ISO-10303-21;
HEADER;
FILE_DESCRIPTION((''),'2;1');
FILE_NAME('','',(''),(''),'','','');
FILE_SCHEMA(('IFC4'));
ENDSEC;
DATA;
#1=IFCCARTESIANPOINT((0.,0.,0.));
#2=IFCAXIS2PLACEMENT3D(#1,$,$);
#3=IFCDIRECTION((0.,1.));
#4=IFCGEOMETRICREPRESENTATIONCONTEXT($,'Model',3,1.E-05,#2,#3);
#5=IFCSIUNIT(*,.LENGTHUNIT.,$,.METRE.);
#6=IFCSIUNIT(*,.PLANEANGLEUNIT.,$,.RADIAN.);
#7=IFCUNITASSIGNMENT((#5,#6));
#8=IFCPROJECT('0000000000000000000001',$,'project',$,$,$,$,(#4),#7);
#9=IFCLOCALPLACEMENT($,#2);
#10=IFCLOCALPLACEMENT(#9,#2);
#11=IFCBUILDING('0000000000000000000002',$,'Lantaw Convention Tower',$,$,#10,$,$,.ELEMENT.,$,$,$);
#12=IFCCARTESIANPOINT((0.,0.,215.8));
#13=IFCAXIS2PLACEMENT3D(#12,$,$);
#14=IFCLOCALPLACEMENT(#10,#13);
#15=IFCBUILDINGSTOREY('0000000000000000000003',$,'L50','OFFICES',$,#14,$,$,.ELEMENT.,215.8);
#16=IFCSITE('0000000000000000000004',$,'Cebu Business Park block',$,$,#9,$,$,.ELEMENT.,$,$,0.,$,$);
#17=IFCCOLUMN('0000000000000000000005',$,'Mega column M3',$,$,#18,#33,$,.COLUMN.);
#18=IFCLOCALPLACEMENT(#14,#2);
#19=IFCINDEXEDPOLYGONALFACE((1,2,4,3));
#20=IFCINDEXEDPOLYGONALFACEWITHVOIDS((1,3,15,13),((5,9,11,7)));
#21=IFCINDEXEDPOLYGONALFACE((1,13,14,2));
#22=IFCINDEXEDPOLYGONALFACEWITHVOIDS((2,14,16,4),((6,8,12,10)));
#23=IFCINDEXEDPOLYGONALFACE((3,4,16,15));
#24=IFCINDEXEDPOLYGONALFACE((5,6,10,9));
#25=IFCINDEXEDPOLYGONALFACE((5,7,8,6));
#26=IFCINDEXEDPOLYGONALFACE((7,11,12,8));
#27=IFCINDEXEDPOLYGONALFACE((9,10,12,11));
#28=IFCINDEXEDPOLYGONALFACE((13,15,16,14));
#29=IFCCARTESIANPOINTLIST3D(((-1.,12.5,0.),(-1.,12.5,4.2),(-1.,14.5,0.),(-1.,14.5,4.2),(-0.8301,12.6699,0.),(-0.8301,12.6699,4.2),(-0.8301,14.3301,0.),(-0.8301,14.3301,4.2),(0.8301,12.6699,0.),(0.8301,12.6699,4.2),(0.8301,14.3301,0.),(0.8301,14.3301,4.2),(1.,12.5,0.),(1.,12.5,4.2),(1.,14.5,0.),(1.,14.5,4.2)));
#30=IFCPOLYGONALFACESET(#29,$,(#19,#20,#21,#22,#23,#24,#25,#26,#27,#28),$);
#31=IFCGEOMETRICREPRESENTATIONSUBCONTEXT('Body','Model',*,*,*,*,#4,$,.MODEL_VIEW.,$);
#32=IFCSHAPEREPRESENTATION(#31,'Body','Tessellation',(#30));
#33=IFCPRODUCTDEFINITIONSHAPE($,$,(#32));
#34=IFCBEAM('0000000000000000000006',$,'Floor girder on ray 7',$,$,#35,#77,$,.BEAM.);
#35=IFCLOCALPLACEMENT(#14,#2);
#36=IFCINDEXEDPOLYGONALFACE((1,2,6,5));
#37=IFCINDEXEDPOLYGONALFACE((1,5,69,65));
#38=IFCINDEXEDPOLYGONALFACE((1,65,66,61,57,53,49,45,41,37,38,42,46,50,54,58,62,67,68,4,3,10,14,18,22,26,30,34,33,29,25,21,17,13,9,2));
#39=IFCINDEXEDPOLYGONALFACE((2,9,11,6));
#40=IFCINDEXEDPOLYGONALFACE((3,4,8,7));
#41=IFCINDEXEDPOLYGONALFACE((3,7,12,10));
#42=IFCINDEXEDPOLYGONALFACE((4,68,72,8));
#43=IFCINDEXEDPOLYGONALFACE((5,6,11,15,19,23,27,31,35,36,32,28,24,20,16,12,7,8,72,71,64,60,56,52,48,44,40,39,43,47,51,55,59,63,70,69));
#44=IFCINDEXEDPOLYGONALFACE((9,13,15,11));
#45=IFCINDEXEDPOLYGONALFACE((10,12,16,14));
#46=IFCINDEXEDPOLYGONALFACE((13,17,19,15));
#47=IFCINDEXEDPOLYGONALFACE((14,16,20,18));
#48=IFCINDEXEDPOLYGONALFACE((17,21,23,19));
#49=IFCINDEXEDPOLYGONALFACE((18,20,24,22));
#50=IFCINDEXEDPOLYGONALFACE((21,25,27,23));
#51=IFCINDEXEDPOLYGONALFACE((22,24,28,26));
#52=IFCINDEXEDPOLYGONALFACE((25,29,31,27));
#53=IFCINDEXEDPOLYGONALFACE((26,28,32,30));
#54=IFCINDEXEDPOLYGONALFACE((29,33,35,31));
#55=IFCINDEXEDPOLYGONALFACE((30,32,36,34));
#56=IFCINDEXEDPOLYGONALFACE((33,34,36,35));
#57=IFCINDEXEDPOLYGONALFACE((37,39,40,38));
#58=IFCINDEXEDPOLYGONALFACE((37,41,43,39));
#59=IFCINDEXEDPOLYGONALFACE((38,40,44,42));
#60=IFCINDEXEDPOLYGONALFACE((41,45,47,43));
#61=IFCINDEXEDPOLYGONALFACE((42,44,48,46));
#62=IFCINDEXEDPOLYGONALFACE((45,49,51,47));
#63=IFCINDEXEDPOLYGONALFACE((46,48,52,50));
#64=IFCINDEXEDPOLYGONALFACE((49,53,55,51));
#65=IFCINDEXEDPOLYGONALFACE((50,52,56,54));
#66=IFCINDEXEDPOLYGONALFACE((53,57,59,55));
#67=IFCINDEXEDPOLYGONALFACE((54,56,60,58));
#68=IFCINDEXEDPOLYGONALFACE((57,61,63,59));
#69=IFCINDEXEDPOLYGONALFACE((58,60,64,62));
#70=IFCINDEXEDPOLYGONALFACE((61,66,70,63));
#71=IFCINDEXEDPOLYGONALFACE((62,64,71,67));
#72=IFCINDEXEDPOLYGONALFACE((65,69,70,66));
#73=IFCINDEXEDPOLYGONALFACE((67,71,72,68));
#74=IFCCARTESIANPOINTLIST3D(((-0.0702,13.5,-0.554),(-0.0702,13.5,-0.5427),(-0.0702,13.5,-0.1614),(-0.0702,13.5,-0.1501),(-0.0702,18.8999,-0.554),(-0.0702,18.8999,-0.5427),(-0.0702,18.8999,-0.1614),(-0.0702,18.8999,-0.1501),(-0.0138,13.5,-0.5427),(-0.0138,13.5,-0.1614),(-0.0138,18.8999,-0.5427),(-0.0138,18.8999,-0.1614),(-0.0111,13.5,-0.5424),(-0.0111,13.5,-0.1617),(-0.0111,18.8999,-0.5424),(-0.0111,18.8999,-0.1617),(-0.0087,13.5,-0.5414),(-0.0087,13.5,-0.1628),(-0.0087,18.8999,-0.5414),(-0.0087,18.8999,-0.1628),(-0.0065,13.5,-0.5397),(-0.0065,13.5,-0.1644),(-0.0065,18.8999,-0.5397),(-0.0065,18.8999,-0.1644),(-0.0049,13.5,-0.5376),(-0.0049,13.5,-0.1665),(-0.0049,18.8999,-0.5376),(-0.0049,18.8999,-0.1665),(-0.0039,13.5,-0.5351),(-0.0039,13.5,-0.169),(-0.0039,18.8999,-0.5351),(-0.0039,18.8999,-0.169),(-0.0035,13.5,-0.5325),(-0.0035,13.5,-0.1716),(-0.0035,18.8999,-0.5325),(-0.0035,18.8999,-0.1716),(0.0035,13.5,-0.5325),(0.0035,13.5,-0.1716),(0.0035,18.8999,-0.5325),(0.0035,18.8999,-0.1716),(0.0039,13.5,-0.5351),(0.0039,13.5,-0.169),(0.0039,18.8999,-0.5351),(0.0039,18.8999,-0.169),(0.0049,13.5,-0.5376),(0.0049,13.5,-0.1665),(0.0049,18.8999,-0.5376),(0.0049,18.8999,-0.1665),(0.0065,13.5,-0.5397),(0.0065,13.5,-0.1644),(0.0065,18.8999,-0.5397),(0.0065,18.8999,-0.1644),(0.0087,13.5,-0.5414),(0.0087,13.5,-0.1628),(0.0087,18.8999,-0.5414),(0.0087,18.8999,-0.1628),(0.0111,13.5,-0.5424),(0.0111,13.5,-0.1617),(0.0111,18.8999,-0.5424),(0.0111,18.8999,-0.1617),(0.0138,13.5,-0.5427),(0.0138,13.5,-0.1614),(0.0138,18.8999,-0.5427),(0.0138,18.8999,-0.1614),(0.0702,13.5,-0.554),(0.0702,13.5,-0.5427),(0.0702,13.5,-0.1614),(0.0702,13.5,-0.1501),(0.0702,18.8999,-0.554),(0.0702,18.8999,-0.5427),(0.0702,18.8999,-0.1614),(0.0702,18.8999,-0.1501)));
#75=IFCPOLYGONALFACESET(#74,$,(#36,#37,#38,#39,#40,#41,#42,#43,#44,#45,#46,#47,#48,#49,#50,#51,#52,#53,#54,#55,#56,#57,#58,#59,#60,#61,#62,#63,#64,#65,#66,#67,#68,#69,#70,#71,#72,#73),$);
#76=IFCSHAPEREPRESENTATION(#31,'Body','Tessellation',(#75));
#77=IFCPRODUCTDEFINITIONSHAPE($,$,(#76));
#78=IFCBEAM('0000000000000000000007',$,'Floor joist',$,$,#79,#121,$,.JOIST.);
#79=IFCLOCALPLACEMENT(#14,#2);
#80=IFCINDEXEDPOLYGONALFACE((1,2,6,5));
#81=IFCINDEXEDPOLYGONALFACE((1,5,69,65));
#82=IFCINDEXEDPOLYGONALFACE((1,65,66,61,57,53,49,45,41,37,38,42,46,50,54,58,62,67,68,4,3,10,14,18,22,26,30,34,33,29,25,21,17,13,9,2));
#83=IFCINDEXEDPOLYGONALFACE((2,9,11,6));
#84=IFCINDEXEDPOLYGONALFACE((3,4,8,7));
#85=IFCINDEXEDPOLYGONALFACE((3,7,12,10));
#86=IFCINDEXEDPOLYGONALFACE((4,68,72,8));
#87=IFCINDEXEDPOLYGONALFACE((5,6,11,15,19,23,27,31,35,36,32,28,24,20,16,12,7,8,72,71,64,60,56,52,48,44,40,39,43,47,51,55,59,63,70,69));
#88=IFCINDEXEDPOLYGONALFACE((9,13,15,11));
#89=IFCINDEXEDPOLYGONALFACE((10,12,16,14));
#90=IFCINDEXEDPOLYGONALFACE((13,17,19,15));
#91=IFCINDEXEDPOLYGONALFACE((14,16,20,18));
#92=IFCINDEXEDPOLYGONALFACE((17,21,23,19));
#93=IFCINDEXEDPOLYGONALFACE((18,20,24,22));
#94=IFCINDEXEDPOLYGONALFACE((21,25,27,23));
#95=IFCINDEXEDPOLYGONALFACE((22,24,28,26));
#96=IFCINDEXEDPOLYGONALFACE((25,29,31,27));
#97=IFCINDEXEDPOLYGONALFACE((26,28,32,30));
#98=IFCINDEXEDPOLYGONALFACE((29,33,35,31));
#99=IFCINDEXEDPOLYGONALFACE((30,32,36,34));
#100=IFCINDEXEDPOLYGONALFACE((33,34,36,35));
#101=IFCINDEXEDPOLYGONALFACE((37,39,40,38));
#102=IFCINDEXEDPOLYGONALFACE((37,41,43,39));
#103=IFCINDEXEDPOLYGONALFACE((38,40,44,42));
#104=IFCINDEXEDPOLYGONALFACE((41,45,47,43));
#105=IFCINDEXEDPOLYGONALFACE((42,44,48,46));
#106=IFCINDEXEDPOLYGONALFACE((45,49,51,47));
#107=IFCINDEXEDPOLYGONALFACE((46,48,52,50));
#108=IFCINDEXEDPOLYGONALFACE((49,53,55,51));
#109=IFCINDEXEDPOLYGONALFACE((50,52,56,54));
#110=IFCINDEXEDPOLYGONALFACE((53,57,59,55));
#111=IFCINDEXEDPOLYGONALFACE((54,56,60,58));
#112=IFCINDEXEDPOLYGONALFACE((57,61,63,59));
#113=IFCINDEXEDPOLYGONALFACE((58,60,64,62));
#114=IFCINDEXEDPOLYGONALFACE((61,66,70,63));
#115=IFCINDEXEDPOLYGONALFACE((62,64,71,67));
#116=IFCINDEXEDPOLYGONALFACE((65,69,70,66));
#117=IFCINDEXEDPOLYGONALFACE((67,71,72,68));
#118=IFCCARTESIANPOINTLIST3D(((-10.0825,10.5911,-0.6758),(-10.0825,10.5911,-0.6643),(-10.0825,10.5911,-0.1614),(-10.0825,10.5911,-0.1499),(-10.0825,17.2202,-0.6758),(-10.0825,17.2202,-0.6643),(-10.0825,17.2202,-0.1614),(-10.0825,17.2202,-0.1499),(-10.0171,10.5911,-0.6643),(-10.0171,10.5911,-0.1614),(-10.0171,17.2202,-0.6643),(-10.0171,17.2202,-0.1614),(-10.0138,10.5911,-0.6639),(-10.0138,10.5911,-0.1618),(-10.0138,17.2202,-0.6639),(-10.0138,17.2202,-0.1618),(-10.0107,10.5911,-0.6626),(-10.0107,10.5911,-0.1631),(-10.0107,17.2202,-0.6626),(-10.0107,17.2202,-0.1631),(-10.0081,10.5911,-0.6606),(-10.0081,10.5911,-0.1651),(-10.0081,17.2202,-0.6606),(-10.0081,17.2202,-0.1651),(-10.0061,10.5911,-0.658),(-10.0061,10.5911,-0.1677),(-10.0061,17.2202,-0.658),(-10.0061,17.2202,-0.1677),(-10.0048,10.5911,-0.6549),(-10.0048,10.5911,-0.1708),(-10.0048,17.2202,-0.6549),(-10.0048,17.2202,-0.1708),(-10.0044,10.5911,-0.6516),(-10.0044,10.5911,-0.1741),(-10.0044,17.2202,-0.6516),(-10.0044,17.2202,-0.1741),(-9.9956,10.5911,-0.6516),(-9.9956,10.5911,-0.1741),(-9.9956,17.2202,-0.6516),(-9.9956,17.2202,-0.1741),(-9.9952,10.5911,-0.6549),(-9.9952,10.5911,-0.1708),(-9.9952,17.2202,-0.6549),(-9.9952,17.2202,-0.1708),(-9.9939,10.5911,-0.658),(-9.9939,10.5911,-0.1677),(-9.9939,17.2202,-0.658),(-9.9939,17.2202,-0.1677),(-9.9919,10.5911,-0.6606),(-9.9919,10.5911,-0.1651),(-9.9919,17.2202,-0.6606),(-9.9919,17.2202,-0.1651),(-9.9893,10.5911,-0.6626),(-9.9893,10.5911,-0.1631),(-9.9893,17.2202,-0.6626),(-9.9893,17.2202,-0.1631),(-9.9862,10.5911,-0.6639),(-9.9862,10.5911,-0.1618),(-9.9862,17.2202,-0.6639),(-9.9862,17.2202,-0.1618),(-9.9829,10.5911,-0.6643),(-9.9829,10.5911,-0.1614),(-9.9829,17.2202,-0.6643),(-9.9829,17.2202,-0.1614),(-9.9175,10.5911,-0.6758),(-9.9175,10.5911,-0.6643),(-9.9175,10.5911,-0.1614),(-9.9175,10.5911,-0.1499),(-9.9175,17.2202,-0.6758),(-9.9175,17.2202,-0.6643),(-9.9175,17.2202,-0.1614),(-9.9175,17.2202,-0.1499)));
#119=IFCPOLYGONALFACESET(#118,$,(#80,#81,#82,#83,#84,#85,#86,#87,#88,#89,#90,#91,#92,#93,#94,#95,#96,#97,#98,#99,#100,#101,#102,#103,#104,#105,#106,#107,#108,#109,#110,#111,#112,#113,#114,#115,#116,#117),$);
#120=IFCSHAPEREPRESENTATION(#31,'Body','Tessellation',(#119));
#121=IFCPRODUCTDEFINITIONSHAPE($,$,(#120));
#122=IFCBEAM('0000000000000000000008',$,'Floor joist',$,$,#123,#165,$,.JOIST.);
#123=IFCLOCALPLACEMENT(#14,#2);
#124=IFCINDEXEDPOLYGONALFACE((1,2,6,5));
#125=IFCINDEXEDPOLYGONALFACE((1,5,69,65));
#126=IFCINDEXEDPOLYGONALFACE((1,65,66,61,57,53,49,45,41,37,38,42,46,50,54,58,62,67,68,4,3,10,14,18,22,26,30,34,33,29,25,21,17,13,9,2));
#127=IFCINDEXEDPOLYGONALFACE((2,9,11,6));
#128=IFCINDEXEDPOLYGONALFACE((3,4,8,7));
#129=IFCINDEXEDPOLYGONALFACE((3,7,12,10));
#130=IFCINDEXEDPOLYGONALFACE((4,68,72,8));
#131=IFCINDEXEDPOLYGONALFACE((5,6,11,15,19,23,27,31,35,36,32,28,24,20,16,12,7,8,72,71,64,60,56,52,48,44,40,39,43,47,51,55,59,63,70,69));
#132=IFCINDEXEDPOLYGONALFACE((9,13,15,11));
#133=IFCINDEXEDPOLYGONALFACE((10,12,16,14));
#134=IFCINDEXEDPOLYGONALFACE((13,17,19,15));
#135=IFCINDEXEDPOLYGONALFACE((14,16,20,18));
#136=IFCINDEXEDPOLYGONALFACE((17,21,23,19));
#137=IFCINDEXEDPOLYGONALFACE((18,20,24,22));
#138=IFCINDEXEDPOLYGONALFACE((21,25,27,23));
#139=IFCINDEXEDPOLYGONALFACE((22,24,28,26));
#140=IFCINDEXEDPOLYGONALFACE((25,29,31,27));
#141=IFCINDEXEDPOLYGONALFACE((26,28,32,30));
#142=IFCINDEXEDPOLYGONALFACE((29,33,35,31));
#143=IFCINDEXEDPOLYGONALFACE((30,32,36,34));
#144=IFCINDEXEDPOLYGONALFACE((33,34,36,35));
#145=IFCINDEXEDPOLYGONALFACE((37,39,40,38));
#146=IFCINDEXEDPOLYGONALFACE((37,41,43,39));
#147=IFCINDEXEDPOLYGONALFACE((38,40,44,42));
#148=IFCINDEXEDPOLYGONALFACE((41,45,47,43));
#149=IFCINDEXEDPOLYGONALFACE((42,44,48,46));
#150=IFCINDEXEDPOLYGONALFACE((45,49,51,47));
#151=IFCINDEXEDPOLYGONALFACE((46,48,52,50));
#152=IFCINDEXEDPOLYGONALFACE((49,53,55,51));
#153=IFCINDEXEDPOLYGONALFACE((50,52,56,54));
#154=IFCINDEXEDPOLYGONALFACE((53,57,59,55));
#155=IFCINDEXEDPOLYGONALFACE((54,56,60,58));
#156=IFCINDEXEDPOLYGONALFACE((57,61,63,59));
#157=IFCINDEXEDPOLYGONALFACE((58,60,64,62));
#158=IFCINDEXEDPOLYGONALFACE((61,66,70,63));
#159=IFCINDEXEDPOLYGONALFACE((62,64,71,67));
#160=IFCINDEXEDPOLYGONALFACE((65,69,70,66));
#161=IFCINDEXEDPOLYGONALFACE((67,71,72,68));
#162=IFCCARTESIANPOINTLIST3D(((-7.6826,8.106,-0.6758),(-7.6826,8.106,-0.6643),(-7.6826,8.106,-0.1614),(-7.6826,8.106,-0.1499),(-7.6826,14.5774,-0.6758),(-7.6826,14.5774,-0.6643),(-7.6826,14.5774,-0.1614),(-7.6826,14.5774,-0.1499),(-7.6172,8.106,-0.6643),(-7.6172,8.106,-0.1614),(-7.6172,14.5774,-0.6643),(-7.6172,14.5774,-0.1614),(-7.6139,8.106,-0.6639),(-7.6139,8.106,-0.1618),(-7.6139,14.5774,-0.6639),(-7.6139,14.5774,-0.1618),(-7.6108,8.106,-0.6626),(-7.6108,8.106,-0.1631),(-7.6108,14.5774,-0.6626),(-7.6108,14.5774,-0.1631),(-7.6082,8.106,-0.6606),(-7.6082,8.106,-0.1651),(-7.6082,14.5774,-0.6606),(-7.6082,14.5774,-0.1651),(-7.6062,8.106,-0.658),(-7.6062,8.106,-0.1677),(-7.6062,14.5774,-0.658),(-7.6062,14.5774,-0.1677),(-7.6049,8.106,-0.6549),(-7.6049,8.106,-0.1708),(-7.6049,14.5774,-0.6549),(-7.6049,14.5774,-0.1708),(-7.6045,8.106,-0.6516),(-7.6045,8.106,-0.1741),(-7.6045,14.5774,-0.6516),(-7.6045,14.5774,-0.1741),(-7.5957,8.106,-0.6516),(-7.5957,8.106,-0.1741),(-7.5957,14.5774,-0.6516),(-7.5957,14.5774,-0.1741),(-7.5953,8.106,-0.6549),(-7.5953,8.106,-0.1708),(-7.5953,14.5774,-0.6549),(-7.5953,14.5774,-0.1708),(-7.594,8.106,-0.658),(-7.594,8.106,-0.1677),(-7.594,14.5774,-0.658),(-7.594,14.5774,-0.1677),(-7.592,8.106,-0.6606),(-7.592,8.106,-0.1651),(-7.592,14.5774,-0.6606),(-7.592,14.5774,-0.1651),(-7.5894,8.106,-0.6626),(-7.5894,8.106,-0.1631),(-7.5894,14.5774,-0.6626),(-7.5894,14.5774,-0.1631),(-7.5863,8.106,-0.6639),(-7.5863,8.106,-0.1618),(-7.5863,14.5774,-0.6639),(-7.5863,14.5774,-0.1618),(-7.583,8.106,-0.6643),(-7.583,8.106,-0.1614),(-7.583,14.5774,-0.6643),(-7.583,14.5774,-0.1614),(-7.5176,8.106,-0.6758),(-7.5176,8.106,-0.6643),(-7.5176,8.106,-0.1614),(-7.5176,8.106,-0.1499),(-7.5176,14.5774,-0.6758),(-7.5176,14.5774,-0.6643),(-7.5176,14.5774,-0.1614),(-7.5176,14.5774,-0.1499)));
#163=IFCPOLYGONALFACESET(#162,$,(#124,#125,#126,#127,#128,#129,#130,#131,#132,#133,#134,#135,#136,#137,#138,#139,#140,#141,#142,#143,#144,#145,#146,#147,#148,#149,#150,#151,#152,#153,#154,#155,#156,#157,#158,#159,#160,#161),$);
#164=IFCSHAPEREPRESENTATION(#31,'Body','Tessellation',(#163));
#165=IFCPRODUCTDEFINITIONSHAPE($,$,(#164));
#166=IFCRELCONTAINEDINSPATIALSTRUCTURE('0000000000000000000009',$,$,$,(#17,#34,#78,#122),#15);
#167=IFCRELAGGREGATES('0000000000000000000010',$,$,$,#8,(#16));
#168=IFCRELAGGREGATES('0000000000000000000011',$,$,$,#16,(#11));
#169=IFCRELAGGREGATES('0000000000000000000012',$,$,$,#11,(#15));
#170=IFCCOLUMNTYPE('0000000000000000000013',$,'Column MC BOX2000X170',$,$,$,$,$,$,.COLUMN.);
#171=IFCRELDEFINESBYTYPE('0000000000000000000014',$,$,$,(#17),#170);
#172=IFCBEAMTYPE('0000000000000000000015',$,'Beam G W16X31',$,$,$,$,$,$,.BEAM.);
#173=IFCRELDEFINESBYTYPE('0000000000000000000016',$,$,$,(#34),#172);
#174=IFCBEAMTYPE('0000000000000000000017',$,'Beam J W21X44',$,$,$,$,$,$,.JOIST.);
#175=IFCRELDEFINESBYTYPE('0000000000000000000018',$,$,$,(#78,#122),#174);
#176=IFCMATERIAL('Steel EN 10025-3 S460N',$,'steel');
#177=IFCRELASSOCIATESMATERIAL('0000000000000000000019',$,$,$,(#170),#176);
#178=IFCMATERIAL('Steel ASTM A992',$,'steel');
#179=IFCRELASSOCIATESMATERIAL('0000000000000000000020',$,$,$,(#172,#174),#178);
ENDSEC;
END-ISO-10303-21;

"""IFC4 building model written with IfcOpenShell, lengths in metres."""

from ifc_helpers import new_model, si_unit, direction, frame, origin, origin_2d, place, context, subcontext, project, spatial, rectangle, hollow_rectangle, i_section, extrude, material, material_profile, profile_set, type_object, element, save


model = new_model("IFC4")

# Units and contexts
model_context = context("Model", 3, precision=1e-05, world=origin(), true_north=direction((0.0, 1.0)))
body_context = subcontext(model_context, "Body", "Model", "MODEL_VIEW")
ifc_project = project(units=[si_unit("LENGTHUNIT", "METRE"), si_unit("PLANEANGLEUNIT", "RADIAN")], contexts=[model_context])

# Site, building, storey
site_placement = place(None, origin())
site = spatial("IfcSite", under=ifc_project, at=site_placement, Name="Cebu Business Park block", CompositionType="ELEMENT", RefElevation=0.0)
building_placement = place(site_placement, origin())
building = spatial("IfcBuilding", under=site, at=building_placement, Name="Lantaw Convention Tower", CompositionType="ELEMENT")
storey_placement = place(building_placement, frame((0.0, 0.0, 215.8)))
storey = spatial("IfcBuildingStorey", under=building, at=storey_placement, Name="L50", Description="OFFICES", CompositionType="ELEMENT", Elevation=215.8)

# Column
ifc_material_1 = material(Name="Steel EN 10025-3 S460N", Category="steel")
ifc_material_profile_1 = material_profile(ifc_material_1, hollow_rectangle(XDim=2.0, YDim=2.0, WallThickness=0.1699, at=origin_2d()), Name="BOX2000X170")
ifc_material_2 = material(Name="Concrete C60/75", Category="concrete")
ifc_material_profile_2 = material_profile(ifc_material_2, rectangle(XDim=1.6599, YDim=1.6599, at=origin_2d()), Name="Concrete fill of BOX2000X170")
ifc_profile_set_1 = profile_set([ifc_material_profile_1, ifc_material_profile_2], Name="Steel EN 10025-3 S460N")
column_type = type_object("IfcColumnType", Name="Column MC BOX2000X170", PredefinedType="COLUMN", material=ifc_profile_set_1)
column_placement = place(storey_placement, frame((0.0, 13.5, 0.0), z_axis=(0.0, 0.0, 1.0), x_axis=(1.0, 0.0, 0.0)))
element("IfcColumn", 1, at=column_placement, inside=storey, type_object=column_type, Name="Mega column M3", PredefinedType="COLUMN", context=body_context, shape_type="SweptSolid", body=[
    extrude(hollow_rectangle(XDim=2.0, YDim=2.0, WallThickness=0.1699, at=origin_2d()), origin(), (0.0, 0.0, 1.0), 4.2),
])

# Beams
ifc_material_3 = material(Name="Steel ASTM A992", Category="steel")
ifc_material_profile_3 = material_profile(ifc_material_3, i_section(OverallWidth=0.1404, OverallDepth=0.4038, WebThickness=0.0071, FlangeThickness=0.0112, FilletRadius=0.0103, at=origin_2d()), Name="W16X31")
ifc_profile_set_2 = profile_set([ifc_material_profile_3], Name="Steel ASTM A992")
beam_type_1 = type_object("IfcBeamType", Name="Beam G W16X31", PredefinedType="BEAM", material=ifc_profile_set_2)
beam_1_placement = place(storey_placement, frame((0.0, 13.5, -0.3521), z_axis=(0.0, 1.0, 0.0), x_axis=(-1.0, 0.0, 0.0)))
element("IfcBeam", 2, at=beam_1_placement, inside=storey, type_object=beam_type_1, Name="Floor girder on ray 7", PredefinedType="BEAM", context=body_context, shape_type="SweptSolid", body=[
    extrude(i_section(OverallWidth=0.1404, OverallDepth=0.4038, WebThickness=0.0071, FlangeThickness=0.0112, FilletRadius=0.0103, at=origin_2d()), origin(), (0.0, 0.0, 1.0), 5.3999),
])
ifc_material_profile_4 = material_profile(ifc_material_3, i_section(OverallWidth=0.165, OverallDepth=0.5259, WebThickness=0.0088, FlangeThickness=0.0115, FilletRadius=0.0127, at=origin_2d()), Name="W21X44")
ifc_profile_set_3 = profile_set([ifc_material_profile_4], Name="Steel ASTM A992")
beam_type_2 = type_object("IfcBeamType", Name="Beam J W21X44", PredefinedType="JOIST", material=ifc_profile_set_3)
beam_2_placement = place(storey_placement, frame((-10.0, 10.5911, -0.4128), z_axis=(0.0, 1.0, 0.0), x_axis=(-1.0, 0.0, 0.0)))
element("IfcBeam", 3, at=beam_2_placement, inside=storey, type_object=beam_type_2, Name="Floor joist", PredefinedType="JOIST", context=body_context, shape_type="SweptSolid", body=[
    extrude(i_section(OverallWidth=0.165, OverallDepth=0.5259, WebThickness=0.0088, FlangeThickness=0.0115, FilletRadius=0.0127, at=origin_2d()), origin(), (0.0, 0.0, 1.0), 6.6292),
])
beam_3_placement = place(storey_placement, frame((-7.6001, 8.106, -0.4128), z_axis=(0.0, 1.0, 0.0), x_axis=(-1.0, 0.0, 0.0)))
element("IfcBeam", 4, at=beam_3_placement, inside=storey, type_object=beam_type_2, Name="Floor joist", PredefinedType="JOIST", context=body_context, shape_type="SweptSolid", body=[
    extrude(i_section(OverallWidth=0.165, OverallDepth=0.5259, WebThickness=0.0088, FlangeThickness=0.0115, FilletRadius=0.0127, at=origin_2d()), origin(), (0.0, 0.0, 1.0), 6.4714),
])

save(model, "model.ifc")
